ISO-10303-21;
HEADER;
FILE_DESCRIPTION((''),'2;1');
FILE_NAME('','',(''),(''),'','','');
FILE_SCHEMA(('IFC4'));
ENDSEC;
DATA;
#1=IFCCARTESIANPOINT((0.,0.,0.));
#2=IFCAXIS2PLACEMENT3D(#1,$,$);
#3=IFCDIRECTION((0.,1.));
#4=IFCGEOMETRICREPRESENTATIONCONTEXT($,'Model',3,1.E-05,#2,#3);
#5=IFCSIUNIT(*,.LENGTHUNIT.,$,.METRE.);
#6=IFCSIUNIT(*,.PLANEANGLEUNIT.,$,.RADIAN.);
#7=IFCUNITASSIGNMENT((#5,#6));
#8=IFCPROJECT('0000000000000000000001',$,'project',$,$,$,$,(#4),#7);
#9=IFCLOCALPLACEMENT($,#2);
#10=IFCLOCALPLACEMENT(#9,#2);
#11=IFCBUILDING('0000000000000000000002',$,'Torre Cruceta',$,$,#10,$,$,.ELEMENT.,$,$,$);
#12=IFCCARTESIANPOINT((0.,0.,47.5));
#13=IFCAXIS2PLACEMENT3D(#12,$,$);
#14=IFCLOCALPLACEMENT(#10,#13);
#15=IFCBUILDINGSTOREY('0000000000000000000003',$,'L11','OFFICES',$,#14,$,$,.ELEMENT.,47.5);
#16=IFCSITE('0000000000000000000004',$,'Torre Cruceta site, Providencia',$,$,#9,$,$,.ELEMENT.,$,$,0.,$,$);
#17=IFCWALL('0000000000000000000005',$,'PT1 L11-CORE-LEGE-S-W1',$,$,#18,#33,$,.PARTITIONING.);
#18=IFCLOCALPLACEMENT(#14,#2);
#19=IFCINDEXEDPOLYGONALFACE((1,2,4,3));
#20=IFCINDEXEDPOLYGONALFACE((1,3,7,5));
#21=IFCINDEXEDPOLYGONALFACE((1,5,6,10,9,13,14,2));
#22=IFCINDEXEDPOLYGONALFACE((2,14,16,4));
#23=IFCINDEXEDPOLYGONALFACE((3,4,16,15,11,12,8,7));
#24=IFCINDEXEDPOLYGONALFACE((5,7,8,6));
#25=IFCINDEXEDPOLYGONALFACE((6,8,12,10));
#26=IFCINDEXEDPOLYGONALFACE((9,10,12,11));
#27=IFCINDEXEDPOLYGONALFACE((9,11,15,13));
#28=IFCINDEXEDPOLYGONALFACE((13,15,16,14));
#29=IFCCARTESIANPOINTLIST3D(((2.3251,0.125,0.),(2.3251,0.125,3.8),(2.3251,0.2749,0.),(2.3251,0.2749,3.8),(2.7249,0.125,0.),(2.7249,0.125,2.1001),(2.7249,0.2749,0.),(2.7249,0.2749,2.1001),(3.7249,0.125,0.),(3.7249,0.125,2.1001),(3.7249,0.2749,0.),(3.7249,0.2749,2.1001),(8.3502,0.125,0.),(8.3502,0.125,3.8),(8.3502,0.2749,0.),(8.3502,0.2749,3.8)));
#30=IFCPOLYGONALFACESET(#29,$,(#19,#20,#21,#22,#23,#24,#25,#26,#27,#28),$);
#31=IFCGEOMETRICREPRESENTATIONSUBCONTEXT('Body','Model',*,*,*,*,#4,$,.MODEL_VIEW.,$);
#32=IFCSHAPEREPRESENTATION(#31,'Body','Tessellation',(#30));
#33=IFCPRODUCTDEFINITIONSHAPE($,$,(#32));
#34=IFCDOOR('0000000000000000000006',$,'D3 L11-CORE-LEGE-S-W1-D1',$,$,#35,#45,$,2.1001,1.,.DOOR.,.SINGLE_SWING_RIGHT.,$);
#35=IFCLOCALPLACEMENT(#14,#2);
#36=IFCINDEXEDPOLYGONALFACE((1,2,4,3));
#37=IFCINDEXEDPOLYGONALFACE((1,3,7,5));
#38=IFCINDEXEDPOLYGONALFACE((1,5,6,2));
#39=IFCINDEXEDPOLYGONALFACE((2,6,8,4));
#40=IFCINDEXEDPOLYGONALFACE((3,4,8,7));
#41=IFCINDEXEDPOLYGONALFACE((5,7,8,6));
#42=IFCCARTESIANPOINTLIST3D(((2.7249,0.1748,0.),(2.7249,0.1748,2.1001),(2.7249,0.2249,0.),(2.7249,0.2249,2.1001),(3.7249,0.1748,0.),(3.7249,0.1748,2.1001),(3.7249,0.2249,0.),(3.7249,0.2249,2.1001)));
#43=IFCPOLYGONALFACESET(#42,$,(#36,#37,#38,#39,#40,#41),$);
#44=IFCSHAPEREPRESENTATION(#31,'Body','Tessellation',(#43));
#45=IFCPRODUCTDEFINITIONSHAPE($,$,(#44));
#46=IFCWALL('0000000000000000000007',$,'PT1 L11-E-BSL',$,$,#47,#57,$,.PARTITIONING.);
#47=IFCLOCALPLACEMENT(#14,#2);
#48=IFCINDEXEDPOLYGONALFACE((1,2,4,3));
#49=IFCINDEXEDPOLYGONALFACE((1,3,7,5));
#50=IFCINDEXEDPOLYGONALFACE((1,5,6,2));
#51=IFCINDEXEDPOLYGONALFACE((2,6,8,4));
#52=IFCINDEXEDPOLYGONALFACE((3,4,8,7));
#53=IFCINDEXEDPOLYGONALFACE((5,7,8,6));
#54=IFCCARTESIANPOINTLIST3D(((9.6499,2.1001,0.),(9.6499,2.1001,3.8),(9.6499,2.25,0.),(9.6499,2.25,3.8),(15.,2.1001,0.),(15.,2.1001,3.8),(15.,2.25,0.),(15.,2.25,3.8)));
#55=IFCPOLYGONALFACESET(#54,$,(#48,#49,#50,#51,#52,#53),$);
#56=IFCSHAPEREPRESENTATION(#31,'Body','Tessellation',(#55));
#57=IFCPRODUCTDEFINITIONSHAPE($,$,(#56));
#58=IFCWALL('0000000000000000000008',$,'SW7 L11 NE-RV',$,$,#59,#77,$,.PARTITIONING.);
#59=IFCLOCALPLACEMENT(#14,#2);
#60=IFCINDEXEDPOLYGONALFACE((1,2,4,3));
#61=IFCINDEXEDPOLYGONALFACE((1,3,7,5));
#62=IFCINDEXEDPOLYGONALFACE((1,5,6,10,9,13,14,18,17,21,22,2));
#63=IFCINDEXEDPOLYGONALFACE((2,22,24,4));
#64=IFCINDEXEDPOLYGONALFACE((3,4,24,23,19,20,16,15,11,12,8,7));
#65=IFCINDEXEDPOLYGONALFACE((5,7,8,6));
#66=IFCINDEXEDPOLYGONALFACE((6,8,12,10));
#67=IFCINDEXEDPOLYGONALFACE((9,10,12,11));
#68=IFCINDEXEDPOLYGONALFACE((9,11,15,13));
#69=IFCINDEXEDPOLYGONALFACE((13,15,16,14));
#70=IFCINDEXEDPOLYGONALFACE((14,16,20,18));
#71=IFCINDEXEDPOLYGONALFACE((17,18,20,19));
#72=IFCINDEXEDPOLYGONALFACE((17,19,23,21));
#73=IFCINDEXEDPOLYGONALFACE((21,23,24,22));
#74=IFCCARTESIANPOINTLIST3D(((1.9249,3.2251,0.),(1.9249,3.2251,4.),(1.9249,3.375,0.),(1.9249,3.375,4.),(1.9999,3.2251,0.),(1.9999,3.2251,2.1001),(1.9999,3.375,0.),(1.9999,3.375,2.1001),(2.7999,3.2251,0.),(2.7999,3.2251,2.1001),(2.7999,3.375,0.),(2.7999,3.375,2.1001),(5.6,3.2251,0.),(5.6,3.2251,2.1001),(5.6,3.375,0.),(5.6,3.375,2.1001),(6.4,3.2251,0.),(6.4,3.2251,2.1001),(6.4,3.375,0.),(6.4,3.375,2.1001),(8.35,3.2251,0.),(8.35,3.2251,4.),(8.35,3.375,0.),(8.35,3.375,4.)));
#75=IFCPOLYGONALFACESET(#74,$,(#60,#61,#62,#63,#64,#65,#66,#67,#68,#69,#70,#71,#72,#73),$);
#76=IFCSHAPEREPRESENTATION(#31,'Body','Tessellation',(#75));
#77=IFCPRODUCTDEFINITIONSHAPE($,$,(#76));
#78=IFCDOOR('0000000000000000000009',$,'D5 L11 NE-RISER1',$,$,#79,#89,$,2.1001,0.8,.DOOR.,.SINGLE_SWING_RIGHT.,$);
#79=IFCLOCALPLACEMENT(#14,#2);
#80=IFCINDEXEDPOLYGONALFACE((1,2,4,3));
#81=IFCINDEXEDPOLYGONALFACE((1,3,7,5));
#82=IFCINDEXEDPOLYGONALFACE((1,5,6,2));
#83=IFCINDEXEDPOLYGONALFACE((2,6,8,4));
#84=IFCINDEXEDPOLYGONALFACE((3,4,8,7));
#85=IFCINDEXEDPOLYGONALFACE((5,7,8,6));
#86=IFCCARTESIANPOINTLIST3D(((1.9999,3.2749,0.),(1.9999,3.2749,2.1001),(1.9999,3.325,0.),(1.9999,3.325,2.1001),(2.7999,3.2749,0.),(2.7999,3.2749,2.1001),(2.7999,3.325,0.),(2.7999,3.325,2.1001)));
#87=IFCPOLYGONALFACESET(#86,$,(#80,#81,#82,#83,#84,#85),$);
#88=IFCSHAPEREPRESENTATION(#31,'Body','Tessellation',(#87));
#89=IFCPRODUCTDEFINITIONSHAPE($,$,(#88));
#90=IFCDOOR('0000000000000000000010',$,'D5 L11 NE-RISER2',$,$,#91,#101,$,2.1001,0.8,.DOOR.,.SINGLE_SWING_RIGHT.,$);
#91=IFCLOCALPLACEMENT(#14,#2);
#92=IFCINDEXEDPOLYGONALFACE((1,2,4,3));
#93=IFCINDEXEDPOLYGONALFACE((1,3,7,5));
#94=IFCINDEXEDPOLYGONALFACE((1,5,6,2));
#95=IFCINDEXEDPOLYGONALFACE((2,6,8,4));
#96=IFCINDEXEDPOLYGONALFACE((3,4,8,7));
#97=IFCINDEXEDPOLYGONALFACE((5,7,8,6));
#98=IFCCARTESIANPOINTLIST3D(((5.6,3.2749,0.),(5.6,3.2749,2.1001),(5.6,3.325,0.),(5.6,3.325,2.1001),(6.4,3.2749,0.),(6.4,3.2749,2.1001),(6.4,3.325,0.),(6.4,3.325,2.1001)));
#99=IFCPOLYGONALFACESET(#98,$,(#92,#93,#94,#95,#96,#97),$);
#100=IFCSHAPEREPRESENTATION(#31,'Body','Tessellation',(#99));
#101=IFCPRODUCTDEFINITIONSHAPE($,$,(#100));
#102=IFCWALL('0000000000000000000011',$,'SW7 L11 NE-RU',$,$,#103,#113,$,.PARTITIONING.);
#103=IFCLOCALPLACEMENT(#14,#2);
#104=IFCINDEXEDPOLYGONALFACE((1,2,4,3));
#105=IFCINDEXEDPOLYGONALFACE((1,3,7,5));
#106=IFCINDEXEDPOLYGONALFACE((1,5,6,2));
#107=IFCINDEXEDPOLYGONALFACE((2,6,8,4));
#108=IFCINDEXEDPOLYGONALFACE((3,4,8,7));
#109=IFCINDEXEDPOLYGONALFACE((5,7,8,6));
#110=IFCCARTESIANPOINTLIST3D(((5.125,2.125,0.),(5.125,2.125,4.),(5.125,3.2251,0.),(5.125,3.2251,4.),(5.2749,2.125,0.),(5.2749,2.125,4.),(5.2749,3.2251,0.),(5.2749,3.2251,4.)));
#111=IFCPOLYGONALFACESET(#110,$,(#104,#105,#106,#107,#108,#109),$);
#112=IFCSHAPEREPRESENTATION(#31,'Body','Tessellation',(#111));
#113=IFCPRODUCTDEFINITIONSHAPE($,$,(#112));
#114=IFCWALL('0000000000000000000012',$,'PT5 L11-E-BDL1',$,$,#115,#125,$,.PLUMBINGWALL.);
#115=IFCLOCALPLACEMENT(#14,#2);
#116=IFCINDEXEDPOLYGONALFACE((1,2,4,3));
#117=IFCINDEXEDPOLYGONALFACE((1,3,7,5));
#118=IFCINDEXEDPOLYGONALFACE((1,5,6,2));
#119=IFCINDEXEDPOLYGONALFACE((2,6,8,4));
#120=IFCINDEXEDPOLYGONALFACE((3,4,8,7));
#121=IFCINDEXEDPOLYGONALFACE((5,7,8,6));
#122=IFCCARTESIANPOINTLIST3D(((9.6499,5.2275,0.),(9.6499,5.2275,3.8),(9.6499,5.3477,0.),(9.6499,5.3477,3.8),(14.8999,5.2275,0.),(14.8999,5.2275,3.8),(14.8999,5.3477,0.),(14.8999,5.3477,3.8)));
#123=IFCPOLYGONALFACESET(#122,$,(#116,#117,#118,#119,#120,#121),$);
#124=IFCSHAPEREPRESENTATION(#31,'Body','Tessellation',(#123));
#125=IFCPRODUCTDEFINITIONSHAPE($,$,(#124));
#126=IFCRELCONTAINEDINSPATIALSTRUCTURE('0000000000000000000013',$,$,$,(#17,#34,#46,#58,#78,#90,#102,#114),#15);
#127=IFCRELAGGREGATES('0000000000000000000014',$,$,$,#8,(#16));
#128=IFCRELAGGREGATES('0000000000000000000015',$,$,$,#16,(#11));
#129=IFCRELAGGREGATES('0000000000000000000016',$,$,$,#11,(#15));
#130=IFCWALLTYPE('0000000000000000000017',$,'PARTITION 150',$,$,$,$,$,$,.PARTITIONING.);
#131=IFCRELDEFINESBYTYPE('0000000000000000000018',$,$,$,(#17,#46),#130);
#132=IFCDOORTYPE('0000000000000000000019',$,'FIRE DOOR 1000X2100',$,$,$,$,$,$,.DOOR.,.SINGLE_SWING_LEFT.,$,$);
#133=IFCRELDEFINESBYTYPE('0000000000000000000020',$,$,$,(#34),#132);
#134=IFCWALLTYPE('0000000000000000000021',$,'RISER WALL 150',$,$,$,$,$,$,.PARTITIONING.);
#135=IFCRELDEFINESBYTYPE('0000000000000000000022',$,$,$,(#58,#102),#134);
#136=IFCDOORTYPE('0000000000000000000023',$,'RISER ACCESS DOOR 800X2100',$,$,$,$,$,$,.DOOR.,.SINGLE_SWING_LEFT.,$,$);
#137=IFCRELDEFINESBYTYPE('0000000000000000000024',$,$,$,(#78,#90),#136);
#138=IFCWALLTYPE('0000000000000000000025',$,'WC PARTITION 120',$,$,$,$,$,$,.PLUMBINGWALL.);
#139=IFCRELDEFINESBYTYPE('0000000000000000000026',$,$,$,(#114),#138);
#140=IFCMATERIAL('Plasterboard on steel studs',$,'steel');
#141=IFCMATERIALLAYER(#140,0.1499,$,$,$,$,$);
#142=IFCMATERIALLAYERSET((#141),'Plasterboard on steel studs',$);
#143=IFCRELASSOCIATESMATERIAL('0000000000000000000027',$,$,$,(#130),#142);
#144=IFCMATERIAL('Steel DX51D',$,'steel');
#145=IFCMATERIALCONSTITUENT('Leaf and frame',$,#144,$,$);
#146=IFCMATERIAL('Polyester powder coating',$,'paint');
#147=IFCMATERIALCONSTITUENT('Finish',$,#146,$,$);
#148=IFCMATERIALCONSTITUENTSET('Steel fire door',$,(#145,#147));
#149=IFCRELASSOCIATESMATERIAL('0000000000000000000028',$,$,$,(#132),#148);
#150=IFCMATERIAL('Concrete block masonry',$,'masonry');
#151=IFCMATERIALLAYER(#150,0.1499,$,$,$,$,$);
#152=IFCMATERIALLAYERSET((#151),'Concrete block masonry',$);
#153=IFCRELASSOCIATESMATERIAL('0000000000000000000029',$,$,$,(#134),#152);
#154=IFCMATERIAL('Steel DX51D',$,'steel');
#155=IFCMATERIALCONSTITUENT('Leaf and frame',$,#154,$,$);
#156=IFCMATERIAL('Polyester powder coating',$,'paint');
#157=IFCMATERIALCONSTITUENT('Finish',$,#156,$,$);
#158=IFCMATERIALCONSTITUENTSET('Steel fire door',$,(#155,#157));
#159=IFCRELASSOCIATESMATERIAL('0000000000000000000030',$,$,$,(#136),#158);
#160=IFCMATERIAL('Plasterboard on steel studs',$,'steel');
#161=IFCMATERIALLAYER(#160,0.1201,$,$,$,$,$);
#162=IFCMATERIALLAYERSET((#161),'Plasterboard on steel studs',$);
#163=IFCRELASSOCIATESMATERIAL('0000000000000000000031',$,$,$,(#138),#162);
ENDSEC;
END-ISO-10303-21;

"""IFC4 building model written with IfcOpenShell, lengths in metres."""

from ifc_helpers import new_model, si_unit, direction, frame, frame_2d, origin, place, context, subcontext, project, spatial, rectangle, extrude, material, layer, layer_set, constituent, constituent_set, type_object, element, fill, save


model = new_model("IFC4")

# Units and contexts
model_context = context("Model", 3, precision=1e-05, world=origin(), true_north=direction((0.0, 1.0)))
body_context = subcontext(model_context, "Body", "Model", "MODEL_VIEW")
ifc_project = project(units=[si_unit("LENGTHUNIT", "METRE"), si_unit("PLANEANGLEUNIT", "RADIAN")], contexts=[model_context])

# Site, building, storey
site_placement = place(None, origin())
site = spatial("IfcSite", under=ifc_project, at=site_placement, Name="Torre Cruceta site, Providencia", CompositionType="ELEMENT", RefElevation=0.0)
building_placement = place(site_placement, origin())
building = spatial("IfcBuilding", under=site, at=building_placement, Name="Torre Cruceta", CompositionType="ELEMENT")
storey_placement = place(building_placement, frame((0.0, 0.0, 47.5)))
storey = spatial("IfcBuildingStorey", under=building, at=storey_placement, Name="L11", Description="OFFICES", CompositionType="ELEMENT", Elevation=47.5)

# Wall, opening, door
ifc_material_1 = material(Name="Plasterboard on steel studs", Category="steel")
ifc_layer_1 = layer(ifc_material_1, 0.1499)
ifc_layer_set_1 = layer_set([ifc_layer_1], Name="Plasterboard on steel studs")
wall_type_1 = type_object("IfcWallType", Name="PARTITION 150", PredefinedType="PARTITIONING", material=ifc_layer_set_1)
wall_1_placement = place(storey_placement, frame((2.325, 0.2, 0.0), z_axis=(0.0, 0.0, 1.0), x_axis=(1.0, 0.0, 0.0)))
wall_1 = element("IfcWall", 1, at=wall_1_placement, inside=storey, type_object=wall_type_1, Name="PT1 L11-CORE-LEGE-S-W1", PredefinedType="PARTITIONING", context=body_context, shape_type="SweptSolid", body=[
    extrude(rectangle(XDim=6.0251, YDim=0.1499, at=frame_2d((3.0127, 0.0))), origin(), (0.0, 0.0, 1.0), 3.8),
])
opening_1_placement = place(wall_1_placement, frame((0.3999, 0.0, 0.0)))
opening_1 = element("IfcOpeningElement", 2, at=opening_1_placement, cuts=wall_1, PredefinedType="OPENING", context=body_context, shape_type="SweptSolid", body=[
    extrude(rectangle(XDim=1.0, YDim=2.1001, at=frame_2d((0.5, 1.05))), frame((0.0, 0.085, 0.0), z_axis=(0.0, -1.0, 0.0), x_axis=(1.0, 0.0, 0.0)), (0.0, 0.0, 1.0), 0.1699),
])
ifc_material_2 = material(Name="Steel DX51D", Category="steel")
ifc_constituent_1 = constituent(ifc_material_2, Name="Leaf and frame")
ifc_material_3 = material(Name="Polyester powder coating", Category="paint")
ifc_constituent_2 = constituent(ifc_material_3, Name="Finish")
ifc_constituent_set_1 = constituent_set(constituents=[ifc_constituent_1, ifc_constituent_2], Name="Steel fire door")
door_type_1 = type_object("IfcDoorType", Name="FIRE DOOR 1000X2100", OperationType="SINGLE_SWING_LEFT", PredefinedType="DOOR", material=ifc_constituent_set_1)
door_1_placement = place(opening_1_placement, frame((1.0, 0.0, 0.0), z_axis=(0.0, 0.0, 1.0), x_axis=(-1.0, 0.0, 0.0)))
door_1 = element("IfcDoor", 3, at=door_1_placement, inside=storey, type_object=door_type_1, Name="D3 L11-CORE-LEGE-S-W1-D1", OperationType="SINGLE_SWING_RIGHT", OverallHeight=2.1001, OverallWidth=1.0, PredefinedType="DOOR", context=body_context, shape_type="SweptSolid", body=[
    extrude(rectangle(XDim=1.0, YDim=2.1001, at=frame_2d((0.5, 1.05))), frame((0.0, 0.0251, 0.0), z_axis=(0.0, -1.0, 0.0), x_axis=(1.0, 0.0, 0.0)), (0.0, 0.0, 1.0), 0.05),
])
fill(opening_1, door_1)

# Wall
wall_2_placement = place(storey_placement, frame((9.6499, 2.175, 0.0), z_axis=(0.0, 0.0, 1.0), x_axis=(1.0, 0.0, 0.0)))
element("IfcWall", 4, at=wall_2_placement, inside=storey, type_object=wall_type_1, Name="PT1 L11-E-BSL", PredefinedType="PARTITIONING", context=body_context, shape_type="SweptSolid", body=[
    extrude(rectangle(XDim=5.3501, YDim=0.1499, at=frame_2d((2.675, 0.0))), origin(), (0.0, 0.0, 1.0), 3.8),
])

# Wall, openings, doors
ifc_material_4 = material(Name="Concrete block masonry", Category="masonry")
ifc_layer_2 = layer(ifc_material_4, 0.1499)
ifc_layer_set_2 = layer_set([ifc_layer_2], Name="Concrete block masonry")
wall_type_2 = type_object("IfcWallType", Name="RISER WALL 150", PredefinedType="PARTITIONING", material=ifc_layer_set_2)
wall_3_placement = place(storey_placement, frame((1.925, 3.3, 0.0), z_axis=(0.0, 0.0, 1.0), x_axis=(1.0, 0.0, 0.0)))
wall_3 = element("IfcWall", 5, at=wall_3_placement, inside=storey, type_object=wall_type_2, Name="SW7 L11 NE-RV", PredefinedType="PARTITIONING", context=body_context, shape_type="SweptSolid", body=[
    extrude(rectangle(XDim=6.425, YDim=0.1499, at=frame_2d((3.2124, 0.0))), origin(), (0.0, 0.0, 1.0), 4.0),
])
opening_2_placement = place(wall_3_placement, frame((0.075, 0.0, 0.0)))
opening_2 = element("IfcOpeningElement", 6, at=opening_2_placement, cuts=wall_3, PredefinedType="OPENING", context=body_context, shape_type="SweptSolid", body=[
    extrude(rectangle(XDim=0.8, YDim=2.1001, at=frame_2d((0.3999, 1.05))), frame((0.0, 0.085, 0.0), z_axis=(0.0, -1.0, 0.0), x_axis=(1.0, 0.0, 0.0)), (0.0, 0.0, 1.0), 0.1699),
])
opening_3_placement = place(wall_3_placement, frame((3.675, 0.0, 0.0)))
opening_3 = element("IfcOpeningElement", 7, at=opening_3_placement, cuts=wall_3, PredefinedType="OPENING", context=body_context, shape_type="SweptSolid", body=[
    extrude(rectangle(XDim=0.8, YDim=2.1001, at=frame_2d((0.3999, 1.05))), frame((0.0, 0.085, 0.0), z_axis=(0.0, -1.0, 0.0), x_axis=(1.0, 0.0, 0.0)), (0.0, 0.0, 1.0), 0.1699),
])
ifc_material_5 = material(Name="Steel DX51D", Category="steel")
ifc_constituent_3 = constituent(ifc_material_5, Name="Leaf and frame")
ifc_material_6 = material(Name="Polyester powder coating", Category="paint")
ifc_constituent_4 = constituent(ifc_material_6, Name="Finish")
ifc_constituent_set_2 = constituent_set(constituents=[ifc_constituent_3, ifc_constituent_4], Name="Steel fire door")
door_type_2 = type_object("IfcDoorType", Name="RISER ACCESS DOOR 800X2100", OperationType="SINGLE_SWING_LEFT", PredefinedType="DOOR", material=ifc_constituent_set_2)
door_2_placement = place(opening_2_placement, frame((0.8, 0.0, 0.0), z_axis=(0.0, 0.0, 1.0), x_axis=(-1.0, 0.0, 0.0)))
door_2 = element("IfcDoor", 8, at=door_2_placement, inside=storey, type_object=door_type_2, Name="D5 L11 NE-RISER1", OperationType="SINGLE_SWING_RIGHT", OverallHeight=2.1001, OverallWidth=0.8, PredefinedType="DOOR", context=body_context, shape_type="SweptSolid", body=[
    extrude(rectangle(XDim=0.8, YDim=2.1001, at=frame_2d((0.4001, 1.05))), frame((0.0, 0.0251, 0.0), z_axis=(0.0, -1.0, 0.0), x_axis=(1.0, 0.0, 0.0)), (0.0, 0.0, 1.0), 0.05),
])
fill(opening_2, door_2)
door_3_placement = place(opening_3_placement, frame((0.8, 0.0, 0.0), z_axis=(0.0, 0.0, 1.0), x_axis=(-1.0, 0.0, 0.0)))
door_3 = element("IfcDoor", 9, at=door_3_placement, inside=storey, type_object=door_type_2, Name="D5 L11 NE-RISER2", OperationType="SINGLE_SWING_RIGHT", OverallHeight=2.1001, OverallWidth=0.8, PredefinedType="DOOR", context=body_context, shape_type="SweptSolid", body=[
    extrude(rectangle(XDim=0.8, YDim=2.1001, at=frame_2d((0.4001, 1.05))), frame((0.0, 0.0251, 0.0), z_axis=(0.0, -1.0, 0.0), x_axis=(1.0, 0.0, 0.0)), (0.0, 0.0, 1.0), 0.05),
])
fill(opening_3, door_3)

# Walls
wall_4_placement = place(storey_placement, frame((5.2, 2.125, 0.0), z_axis=(0.0, 0.0, 1.0), x_axis=(0.0, 1.0, 0.0)))
element("IfcWall", 10, at=wall_4_placement, inside=storey, type_object=wall_type_2, Name="SW7 L11 NE-RU", PredefinedType="PARTITIONING", context=body_context, shape_type="SweptSolid", body=[
    extrude(rectangle(XDim=1.1001, YDim=0.1499, at=frame_2d((0.55, 0.0))), origin(), (0.0, 0.0, 1.0), 4.0),
])
ifc_material_7 = material(Name="Plasterboard on steel studs", Category="steel")
ifc_layer_3 = layer(ifc_material_7, 0.1201)
ifc_layer_set_3 = layer_set([ifc_layer_3], Name="Plasterboard on steel studs")
wall_type_3 = type_object("IfcWallType", Name="WC PARTITION 120", PredefinedType="PLUMBINGWALL", material=ifc_layer_set_3)
wall_5_placement = place(storey_placement, frame((9.6499, 5.2876, 0.0), z_axis=(0.0, 0.0, 1.0), x_axis=(1.0, 0.0, 0.0)))
element("IfcWall", 11, at=wall_5_placement, inside=storey, type_object=wall_type_3, Name="PT5 L11-E-BDL1", PredefinedType="PLUMBINGWALL", context=body_context, shape_type="SweptSolid", body=[
    extrude(rectangle(XDim=5.25, YDim=0.1201, at=frame_2d((2.625, 0.0))), origin(), (0.0, 0.0, 1.0), 3.8),
])

save(model, "model.ifc")
